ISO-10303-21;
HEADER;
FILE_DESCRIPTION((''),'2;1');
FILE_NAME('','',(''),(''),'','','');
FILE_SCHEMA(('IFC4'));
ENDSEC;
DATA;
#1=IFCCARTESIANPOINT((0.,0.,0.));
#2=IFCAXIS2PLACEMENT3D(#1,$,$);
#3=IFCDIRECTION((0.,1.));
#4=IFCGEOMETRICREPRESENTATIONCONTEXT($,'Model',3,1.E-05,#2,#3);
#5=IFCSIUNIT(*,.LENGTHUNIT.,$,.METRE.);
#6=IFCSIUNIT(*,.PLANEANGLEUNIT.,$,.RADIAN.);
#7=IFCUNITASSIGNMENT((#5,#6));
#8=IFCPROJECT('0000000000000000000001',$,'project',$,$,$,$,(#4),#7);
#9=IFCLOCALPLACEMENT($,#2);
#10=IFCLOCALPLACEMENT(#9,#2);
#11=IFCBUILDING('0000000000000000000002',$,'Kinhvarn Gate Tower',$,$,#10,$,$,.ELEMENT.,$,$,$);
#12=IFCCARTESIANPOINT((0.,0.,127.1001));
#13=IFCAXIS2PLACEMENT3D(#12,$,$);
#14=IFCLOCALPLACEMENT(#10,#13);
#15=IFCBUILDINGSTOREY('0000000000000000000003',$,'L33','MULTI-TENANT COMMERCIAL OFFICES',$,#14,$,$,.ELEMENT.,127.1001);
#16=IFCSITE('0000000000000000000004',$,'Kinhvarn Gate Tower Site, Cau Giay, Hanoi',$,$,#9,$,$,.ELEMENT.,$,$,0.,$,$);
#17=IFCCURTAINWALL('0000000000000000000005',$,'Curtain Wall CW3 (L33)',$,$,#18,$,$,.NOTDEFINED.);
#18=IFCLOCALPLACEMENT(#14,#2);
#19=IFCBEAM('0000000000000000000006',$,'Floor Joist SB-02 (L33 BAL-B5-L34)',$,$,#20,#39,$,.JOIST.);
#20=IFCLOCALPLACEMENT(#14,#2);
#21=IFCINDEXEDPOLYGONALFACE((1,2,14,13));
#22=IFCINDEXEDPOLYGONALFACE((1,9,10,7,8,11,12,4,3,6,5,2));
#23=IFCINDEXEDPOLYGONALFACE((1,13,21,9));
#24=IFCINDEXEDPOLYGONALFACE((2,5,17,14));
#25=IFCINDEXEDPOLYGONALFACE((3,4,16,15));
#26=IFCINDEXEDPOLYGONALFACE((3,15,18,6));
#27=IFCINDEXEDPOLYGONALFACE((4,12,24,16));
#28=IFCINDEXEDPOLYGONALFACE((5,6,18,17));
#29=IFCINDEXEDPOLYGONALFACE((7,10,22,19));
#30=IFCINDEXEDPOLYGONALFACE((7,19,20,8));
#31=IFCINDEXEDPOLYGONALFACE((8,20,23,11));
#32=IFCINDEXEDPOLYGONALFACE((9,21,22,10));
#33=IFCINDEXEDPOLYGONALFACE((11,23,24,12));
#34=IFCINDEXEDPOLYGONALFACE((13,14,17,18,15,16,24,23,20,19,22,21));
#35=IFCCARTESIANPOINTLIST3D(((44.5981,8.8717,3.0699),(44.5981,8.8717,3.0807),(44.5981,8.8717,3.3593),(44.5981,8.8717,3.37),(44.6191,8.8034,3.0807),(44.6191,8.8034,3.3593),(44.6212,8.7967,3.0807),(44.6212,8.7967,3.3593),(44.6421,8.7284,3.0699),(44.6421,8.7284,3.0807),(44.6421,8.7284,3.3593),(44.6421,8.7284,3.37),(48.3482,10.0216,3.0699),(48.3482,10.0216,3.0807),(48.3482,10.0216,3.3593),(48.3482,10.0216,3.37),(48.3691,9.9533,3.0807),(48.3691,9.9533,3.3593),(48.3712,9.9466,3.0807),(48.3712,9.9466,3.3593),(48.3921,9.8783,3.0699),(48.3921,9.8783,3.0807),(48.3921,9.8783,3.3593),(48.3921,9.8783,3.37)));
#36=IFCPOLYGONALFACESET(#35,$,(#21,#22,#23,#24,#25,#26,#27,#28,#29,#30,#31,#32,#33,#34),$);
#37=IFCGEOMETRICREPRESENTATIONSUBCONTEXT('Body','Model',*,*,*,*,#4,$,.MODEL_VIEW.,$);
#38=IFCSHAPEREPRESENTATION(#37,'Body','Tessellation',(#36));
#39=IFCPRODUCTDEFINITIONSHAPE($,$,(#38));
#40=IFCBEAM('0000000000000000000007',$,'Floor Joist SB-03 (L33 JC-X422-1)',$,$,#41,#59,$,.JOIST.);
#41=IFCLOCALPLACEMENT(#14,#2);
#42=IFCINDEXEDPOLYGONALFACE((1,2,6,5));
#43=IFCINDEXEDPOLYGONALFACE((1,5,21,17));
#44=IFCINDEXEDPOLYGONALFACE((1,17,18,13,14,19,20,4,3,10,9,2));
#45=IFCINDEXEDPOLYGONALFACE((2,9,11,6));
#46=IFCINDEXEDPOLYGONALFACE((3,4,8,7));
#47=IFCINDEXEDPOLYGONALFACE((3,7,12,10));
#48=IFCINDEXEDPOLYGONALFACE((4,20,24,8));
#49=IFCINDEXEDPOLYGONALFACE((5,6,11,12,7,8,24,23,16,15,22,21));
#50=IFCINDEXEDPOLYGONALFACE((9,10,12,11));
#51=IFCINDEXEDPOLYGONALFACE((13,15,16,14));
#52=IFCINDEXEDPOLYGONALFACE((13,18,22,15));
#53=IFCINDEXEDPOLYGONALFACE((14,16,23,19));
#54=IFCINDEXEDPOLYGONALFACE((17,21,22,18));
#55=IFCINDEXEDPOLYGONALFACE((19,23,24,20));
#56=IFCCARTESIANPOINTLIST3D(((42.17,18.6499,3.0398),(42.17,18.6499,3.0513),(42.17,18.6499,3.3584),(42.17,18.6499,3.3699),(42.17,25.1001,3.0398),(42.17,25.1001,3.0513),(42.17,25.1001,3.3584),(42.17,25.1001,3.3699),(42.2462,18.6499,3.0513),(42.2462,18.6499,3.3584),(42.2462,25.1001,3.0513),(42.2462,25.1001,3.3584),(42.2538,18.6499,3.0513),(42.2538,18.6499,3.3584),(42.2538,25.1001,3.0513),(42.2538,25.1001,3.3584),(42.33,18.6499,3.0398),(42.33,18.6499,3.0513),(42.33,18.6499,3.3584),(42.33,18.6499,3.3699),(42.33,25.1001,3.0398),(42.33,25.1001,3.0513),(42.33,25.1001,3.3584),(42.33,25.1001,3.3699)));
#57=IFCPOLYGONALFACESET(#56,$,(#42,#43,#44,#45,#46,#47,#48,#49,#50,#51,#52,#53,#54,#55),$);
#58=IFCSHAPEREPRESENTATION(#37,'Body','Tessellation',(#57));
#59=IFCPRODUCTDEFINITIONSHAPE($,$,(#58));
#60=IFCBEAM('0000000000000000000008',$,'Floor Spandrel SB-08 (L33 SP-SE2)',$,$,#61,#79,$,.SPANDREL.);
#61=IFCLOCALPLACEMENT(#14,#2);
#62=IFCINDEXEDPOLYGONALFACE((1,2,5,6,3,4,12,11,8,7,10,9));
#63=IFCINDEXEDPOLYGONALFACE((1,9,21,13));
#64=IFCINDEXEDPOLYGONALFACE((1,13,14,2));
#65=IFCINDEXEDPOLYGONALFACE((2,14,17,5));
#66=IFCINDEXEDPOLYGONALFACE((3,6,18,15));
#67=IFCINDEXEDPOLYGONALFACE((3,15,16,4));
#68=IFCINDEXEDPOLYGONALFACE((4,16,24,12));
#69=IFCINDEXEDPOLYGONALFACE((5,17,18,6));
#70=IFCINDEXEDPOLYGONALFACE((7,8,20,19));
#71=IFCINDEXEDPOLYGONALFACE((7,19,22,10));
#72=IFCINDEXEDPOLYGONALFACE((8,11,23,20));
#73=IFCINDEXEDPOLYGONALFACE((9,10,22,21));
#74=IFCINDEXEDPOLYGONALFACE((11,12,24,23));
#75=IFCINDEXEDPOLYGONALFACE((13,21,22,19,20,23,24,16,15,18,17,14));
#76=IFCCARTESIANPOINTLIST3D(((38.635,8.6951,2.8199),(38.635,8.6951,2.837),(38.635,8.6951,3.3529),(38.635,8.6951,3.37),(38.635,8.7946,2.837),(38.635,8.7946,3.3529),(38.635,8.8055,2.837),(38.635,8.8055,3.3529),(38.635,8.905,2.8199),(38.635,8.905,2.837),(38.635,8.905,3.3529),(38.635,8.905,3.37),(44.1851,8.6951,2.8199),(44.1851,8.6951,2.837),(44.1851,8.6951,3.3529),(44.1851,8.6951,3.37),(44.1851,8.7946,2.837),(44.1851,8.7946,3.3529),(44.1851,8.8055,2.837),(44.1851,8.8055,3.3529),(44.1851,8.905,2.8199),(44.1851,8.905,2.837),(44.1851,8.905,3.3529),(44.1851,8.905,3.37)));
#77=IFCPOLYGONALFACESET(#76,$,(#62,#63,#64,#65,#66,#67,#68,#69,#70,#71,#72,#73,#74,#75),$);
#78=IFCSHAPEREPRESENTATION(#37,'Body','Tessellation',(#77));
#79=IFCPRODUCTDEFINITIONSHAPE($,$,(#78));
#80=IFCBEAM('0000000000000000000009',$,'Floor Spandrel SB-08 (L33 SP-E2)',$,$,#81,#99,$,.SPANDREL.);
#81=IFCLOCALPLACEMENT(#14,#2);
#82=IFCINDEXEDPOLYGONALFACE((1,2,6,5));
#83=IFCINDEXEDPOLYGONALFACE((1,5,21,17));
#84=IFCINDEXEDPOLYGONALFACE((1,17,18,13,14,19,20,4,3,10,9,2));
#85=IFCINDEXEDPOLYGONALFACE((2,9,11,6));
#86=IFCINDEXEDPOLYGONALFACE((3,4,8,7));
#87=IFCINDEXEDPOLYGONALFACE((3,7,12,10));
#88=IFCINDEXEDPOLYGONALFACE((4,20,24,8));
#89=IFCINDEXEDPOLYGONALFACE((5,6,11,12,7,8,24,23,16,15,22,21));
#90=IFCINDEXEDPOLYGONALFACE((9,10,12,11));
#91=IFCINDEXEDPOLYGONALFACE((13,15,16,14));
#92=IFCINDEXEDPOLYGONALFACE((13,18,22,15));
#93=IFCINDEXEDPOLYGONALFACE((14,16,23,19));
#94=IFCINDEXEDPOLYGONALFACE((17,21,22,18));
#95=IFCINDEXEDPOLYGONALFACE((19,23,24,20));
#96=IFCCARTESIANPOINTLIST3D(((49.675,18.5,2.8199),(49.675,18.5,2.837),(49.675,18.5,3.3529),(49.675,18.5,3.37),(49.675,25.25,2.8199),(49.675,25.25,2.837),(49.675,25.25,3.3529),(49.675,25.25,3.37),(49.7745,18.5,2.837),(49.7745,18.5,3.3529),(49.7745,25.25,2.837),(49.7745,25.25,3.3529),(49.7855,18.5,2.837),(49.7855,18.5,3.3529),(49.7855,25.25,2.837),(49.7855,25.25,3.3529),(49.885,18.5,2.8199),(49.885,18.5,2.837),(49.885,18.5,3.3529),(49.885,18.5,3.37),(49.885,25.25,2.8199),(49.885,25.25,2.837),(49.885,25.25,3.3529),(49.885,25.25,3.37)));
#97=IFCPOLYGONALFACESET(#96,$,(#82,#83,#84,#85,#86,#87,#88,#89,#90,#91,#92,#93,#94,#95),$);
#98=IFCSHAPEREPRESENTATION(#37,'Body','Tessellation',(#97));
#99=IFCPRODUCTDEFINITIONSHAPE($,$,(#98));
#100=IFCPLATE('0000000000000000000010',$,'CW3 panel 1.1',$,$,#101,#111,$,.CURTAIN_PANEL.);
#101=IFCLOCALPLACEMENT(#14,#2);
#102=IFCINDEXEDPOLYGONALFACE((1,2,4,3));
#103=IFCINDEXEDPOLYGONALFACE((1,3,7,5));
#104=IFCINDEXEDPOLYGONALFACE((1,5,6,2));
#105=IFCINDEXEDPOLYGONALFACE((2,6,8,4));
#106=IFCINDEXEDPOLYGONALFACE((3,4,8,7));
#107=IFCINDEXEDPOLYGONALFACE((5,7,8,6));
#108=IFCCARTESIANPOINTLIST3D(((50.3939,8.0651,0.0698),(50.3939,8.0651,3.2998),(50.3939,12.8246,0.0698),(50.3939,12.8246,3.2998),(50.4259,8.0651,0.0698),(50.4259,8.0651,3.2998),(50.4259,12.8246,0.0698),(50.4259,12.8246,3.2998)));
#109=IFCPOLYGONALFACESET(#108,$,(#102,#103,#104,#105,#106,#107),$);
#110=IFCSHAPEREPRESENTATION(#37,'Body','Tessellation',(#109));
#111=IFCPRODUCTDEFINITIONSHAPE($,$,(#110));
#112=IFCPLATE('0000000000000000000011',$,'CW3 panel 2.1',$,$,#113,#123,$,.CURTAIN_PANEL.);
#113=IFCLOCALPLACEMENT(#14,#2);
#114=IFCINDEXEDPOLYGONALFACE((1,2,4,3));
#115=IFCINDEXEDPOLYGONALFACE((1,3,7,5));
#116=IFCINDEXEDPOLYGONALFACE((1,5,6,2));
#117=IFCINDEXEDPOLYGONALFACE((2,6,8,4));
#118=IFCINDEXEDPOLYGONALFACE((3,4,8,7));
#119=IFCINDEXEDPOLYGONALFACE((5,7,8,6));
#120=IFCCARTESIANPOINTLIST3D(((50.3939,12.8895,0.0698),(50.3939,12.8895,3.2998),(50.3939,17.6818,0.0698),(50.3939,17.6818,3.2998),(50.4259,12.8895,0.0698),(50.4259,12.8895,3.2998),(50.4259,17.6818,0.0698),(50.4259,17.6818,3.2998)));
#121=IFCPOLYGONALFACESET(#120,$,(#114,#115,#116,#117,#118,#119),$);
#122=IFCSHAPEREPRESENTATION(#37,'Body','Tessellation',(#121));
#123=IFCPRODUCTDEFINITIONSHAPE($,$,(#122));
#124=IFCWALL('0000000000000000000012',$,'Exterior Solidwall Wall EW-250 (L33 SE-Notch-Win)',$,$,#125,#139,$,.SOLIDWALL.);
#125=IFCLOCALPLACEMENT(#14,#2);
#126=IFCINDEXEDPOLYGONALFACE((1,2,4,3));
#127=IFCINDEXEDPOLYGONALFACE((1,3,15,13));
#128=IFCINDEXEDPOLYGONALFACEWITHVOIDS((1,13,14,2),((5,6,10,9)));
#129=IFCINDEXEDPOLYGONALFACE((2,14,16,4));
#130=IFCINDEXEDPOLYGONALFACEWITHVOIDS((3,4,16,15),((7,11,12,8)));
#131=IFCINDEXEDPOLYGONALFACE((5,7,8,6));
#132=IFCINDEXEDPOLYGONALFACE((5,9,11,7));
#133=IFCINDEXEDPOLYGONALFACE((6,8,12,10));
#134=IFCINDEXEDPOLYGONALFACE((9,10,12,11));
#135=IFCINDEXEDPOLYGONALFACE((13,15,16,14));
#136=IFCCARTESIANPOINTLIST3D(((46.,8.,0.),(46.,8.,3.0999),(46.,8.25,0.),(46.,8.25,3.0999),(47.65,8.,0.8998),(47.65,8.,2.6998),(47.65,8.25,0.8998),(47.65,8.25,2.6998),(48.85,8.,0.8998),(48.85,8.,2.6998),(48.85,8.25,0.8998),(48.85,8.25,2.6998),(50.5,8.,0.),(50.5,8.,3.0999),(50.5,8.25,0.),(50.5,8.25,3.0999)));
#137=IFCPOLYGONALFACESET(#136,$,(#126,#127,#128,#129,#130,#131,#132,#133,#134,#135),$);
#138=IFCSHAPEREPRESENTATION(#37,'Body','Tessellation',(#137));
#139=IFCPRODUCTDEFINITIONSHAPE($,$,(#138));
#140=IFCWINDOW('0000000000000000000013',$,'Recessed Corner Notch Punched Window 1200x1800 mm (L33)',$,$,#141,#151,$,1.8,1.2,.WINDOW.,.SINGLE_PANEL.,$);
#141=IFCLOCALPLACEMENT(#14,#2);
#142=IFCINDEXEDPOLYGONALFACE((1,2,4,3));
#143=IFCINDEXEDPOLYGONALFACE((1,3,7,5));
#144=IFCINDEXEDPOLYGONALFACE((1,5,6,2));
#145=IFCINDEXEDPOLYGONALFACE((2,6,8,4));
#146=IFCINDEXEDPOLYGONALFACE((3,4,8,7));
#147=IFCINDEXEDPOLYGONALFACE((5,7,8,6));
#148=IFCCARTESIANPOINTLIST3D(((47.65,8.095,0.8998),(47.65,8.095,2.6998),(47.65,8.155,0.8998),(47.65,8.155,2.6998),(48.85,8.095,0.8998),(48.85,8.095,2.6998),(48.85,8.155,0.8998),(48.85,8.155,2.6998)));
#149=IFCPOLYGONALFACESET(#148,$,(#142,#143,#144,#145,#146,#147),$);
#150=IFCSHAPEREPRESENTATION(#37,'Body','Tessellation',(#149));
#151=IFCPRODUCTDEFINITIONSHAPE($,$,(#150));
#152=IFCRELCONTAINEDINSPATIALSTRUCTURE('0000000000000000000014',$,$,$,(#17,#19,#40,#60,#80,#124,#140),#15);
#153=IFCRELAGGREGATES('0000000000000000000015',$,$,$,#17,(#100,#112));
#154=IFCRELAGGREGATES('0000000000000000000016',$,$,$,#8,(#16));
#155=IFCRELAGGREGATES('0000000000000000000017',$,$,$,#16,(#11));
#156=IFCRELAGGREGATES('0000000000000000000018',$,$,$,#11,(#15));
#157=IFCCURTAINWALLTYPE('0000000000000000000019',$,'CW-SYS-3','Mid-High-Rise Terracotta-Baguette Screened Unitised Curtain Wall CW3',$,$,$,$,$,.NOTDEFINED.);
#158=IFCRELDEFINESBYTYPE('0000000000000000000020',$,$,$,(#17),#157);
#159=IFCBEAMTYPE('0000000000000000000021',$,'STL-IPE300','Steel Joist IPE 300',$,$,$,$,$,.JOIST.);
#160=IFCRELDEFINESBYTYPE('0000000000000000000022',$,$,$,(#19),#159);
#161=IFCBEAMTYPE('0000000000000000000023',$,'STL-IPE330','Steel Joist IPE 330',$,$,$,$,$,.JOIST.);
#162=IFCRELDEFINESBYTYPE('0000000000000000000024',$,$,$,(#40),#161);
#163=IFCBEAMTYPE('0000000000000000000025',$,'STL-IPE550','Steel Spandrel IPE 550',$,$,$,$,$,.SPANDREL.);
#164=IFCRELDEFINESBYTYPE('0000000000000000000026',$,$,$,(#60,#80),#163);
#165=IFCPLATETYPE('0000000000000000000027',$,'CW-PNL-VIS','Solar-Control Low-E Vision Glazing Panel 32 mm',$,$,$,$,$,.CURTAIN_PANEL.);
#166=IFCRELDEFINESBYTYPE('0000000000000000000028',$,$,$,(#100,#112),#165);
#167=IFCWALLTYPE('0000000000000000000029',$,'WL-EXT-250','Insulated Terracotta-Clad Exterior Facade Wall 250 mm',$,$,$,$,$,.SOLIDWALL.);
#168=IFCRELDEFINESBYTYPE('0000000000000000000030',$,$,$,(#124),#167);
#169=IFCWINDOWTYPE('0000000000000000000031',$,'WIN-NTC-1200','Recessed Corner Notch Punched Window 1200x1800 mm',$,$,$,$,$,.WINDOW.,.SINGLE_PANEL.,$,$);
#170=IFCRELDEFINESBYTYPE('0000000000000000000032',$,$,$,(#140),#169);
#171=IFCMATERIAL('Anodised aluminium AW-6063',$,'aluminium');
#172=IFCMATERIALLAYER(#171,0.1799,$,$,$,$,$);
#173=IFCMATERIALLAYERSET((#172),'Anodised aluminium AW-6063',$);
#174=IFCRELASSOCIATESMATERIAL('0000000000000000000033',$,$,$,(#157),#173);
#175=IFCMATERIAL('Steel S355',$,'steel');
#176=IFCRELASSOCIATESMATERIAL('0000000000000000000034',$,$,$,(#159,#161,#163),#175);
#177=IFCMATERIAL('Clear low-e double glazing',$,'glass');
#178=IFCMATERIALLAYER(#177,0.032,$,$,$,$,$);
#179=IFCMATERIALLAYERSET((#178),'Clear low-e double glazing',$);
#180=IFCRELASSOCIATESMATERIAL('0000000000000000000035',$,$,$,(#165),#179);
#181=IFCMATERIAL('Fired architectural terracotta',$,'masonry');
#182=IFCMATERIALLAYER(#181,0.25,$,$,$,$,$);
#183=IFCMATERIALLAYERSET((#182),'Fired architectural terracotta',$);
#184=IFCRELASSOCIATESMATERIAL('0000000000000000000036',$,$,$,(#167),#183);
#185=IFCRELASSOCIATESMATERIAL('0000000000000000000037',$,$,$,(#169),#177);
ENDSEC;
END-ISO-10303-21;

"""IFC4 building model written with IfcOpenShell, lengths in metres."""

from ifc_helpers import new_model, si_unit, direction, frame, frame_2d, origin, origin_2d, place, context, subcontext, project, spatial, rectangle, i_section, extrude, material, layer, layer_set, material_profile, profile_set, type_object, element, fill, aggregate, save


model = new_model("IFC4")

# Units and contexts
model_context = context("Model", 3, precision=1e-05, world=origin(), true_north=direction((0.0, 1.0)))
body_context = subcontext(model_context, "Body", "Model", "MODEL_VIEW")
ifc_project = project(units=[si_unit("LENGTHUNIT", "METRE"), si_unit("PLANEANGLEUNIT", "RADIAN")], contexts=[model_context])

# Site, building, storey
site_placement = place(None, origin())
site = spatial("IfcSite", under=ifc_project, at=site_placement, Name="Kinhvarn Gate Tower Site, Cau Giay, Hanoi", CompositionType="ELEMENT", RefElevation=0.0)
building_placement = place(site_placement, origin())
building = spatial("IfcBuilding", under=site, at=building_placement, Name="Kinhvarn Gate Tower", CompositionType="ELEMENT")
storey_placement = place(building_placement, frame((0.0, 0.0, 127.1001)))
storey = spatial("IfcBuildingStorey", under=building, at=storey_placement, Name="L33", Description="MULTI-TENANT COMMERCIAL OFFICES", CompositionType="ELEMENT", Elevation=127.1001)

# Curtain wall
ifc_material_1 = material(Name="Anodised aluminium AW-6063", Category="aluminium")
ifc_layer_1 = layer(ifc_material_1, 0.1799)
ifc_layer_set_1 = layer_set([ifc_layer_1], Name="Anodised aluminium AW-6063")
curtain_wall_type = type_object("IfcCurtainWallType", Name="CW-SYS-3", Description="Mid-High-Rise Terracotta-Baguette Screened Unitised Curtain Wall CW3", PredefinedType="NOTDEFINED", material=ifc_layer_set_1)
curtain_wall_placement = place(storey_placement, origin())
curtain_wall = element("IfcCurtainWall", 1, at=curtain_wall_placement, inside=storey, type_object=curtain_wall_type, Name="Curtain Wall CW3 (L33)", PredefinedType="NOTDEFINED")

# Beams
ifc_material_2 = material(Name="Steel S355", Category="steel")
ifc_material_profile_1 = material_profile(ifc_material_2, i_section(OverallWidth=0.1499, OverallDepth=0.3, WebThickness=0.0071, FlangeThickness=0.0107, at=origin_2d()), Name="IPE 300")
ifc_profile_set_1 = profile_set([ifc_material_profile_1], Name="Steel S355")
beam_type_1 = type_object("IfcBeamType", Name="STL-IPE300", Description="Steel Joist IPE 300", PredefinedType="JOIST", material=ifc_profile_set_1)
beam_1_placement = place(storey_placement, frame((44.6201, 8.8, 3.22), z_axis=(0.956061, 0.293167, 0.0), x_axis=(-0.293167, 0.956061, 0.0)))
element("IfcBeam", 2, at=beam_1_placement, inside=storey, type_object=beam_type_1, Name="Floor Joist SB-02 (L33 BAL-B5-L34)", PredefinedType="JOIST", context=body_context, shape_type="SweptSolid", body=[
    extrude(i_section(OverallWidth=0.1499, OverallDepth=0.3, WebThickness=0.0071, FlangeThickness=0.0107, at=origin_2d()), origin(), (0.0, 0.0, 1.0), 3.9224),
])
ifc_material_profile_2 = material_profile(ifc_material_2, i_section(OverallWidth=0.1599, OverallDepth=0.3301, WebThickness=0.0076, FlangeThickness=0.0115, at=origin_2d()), Name="IPE 330")
ifc_profile_set_2 = profile_set([ifc_material_profile_2], Name="Steel S355")
beam_type_2 = type_object("IfcBeamType", Name="STL-IPE330", Description="Steel Joist IPE 330", PredefinedType="JOIST", material=ifc_profile_set_2)
beam_2_placement = place(storey_placement, frame((42.25, 18.6499, 3.2048), z_axis=(0.0, 1.0, 0.0), x_axis=(-1.0, 0.0, 0.0)))
element("IfcBeam", 3, at=beam_2_placement, inside=storey, type_object=beam_type_2, Name="Floor Joist SB-03 (L33 JC-X422-1)", PredefinedType="JOIST", context=body_context, shape_type="SweptSolid", body=[
    extrude(i_section(OverallWidth=0.1599, OverallDepth=0.3301, WebThickness=0.0076, FlangeThickness=0.0115, at=origin_2d()), origin(), (0.0, 0.0, 1.0), 6.4502),
])
ifc_material_profile_3 = material_profile(ifc_material_2, i_section(OverallWidth=0.21, OverallDepth=0.55, WebThickness=0.011, FlangeThickness=0.0171, at=origin_2d()), Name="IPE 550")
ifc_profile_set_3 = profile_set([ifc_material_profile_3], Name="Steel S355")
beam_type_3 = type_object("IfcBeamType", Name="STL-IPE550", Description="Steel Spandrel IPE 550", PredefinedType="SPANDREL", material=ifc_profile_set_3)
beam_3_placement = place(storey_placement, frame((38.635, 8.8, 3.095), z_axis=(1.0, 0.0, 0.0), x_axis=(0.0, 1.0, 0.0)))
element("IfcBeam", 4, at=beam_3_placement, inside=storey, type_object=beam_type_3, Name="Floor Spandrel SB-08 (L33 SP-SE2)", PredefinedType="SPANDREL", context=body_context, shape_type="SweptSolid", body=[
    extrude(i_section(OverallWidth=0.21, OverallDepth=0.55, WebThickness=0.011, FlangeThickness=0.0171, at=origin_2d()), origin(), (0.0, 0.0, 1.0), 5.55),
])
beam_4_placement = place(storey_placement, frame((49.78, 18.5, 3.095), z_axis=(0.0, 1.0, 0.0), x_axis=(-1.0, 0.0, 0.0)))
element("IfcBeam", 5, at=beam_4_placement, inside=storey, type_object=beam_type_3, Name="Floor Spandrel SB-08 (L33 SP-E2)", PredefinedType="SPANDREL", context=body_context, shape_type="SweptSolid", body=[
    extrude(i_section(OverallWidth=0.21, OverallDepth=0.55, WebThickness=0.011, FlangeThickness=0.0171, at=origin_2d()), origin(), (0.0, 0.0, 1.0), 6.75),
])

# Plates
ifc_material_3 = material(Name="Clear low-e double glazing", Category="glass")
ifc_layer_2 = layer(ifc_material_3, 0.032)
ifc_layer_set_2 = layer_set([ifc_layer_2], Name="Clear low-e double glazing")
plate_type = type_object("IfcPlateType", Name="CW-PNL-VIS", Description="Solar-Control Low-E Vision Glazing Panel 32 mm", PredefinedType="CURTAIN_PANEL", material=ifc_layer_set_2)
plate_1_placement = place(storey_placement, frame((50.4099, 10.4448, 0.0698), z_axis=(0.0, 0.0, 1.0), x_axis=(0.0, 1.0, 0.0)))
plate_1 = element("IfcPlate", 6, at=plate_1_placement, type_object=plate_type, Name="CW3 panel 1.1", PredefinedType="CURTAIN_PANEL", context=body_context, shape_type="SweptSolid", body=[
    extrude(rectangle(XDim=4.7595, YDim=0.032, at=origin_2d()), origin(), (0.0, 0.0, 1.0), 3.23),
])
plate_2_placement = place(storey_placement, frame((50.4099, 15.2856, 0.0698), z_axis=(0.0, 0.0, 1.0), x_axis=(0.0, 1.0, 0.0)))
plate_2 = element("IfcPlate", 7, at=plate_2_placement, type_object=plate_type, Name="CW3 panel 2.1", PredefinedType="CURTAIN_PANEL", context=body_context, shape_type="SweptSolid", body=[
    extrude(rectangle(XDim=4.7922, YDim=0.032, at=origin_2d()), origin(), (0.0, 0.0, 1.0), 3.23),
])
aggregate(curtain_wall, [plate_1, plate_2])

# Wall, opening, window
ifc_material_4 = material(Name="Fired architectural terracotta", Category="masonry")
ifc_layer_3 = layer(ifc_material_4, 0.25)
ifc_layer_set_3 = layer_set([ifc_layer_3], Name="Fired architectural terracotta")
wall_type = type_object("IfcWallType", Name="WL-EXT-250", Description="Insulated Terracotta-Clad Exterior Facade Wall 250 mm", PredefinedType="SOLIDWALL", material=ifc_layer_set_3)
wall_placement = place(storey_placement, frame((46.0, 8.125, 0.0), z_axis=(0.0, 0.0, 1.0), x_axis=(1.0, 0.0, 0.0)))
wall = element("IfcWall", 8, at=wall_placement, inside=storey, type_object=wall_type, Name="Exterior Solidwall Wall EW-250 (L33 SE-Notch-Win)", PredefinedType="SOLIDWALL", context=body_context, shape_type="SweptSolid", body=[
    extrude(rectangle(XDim=4.5, YDim=0.25, at=frame_2d((2.25, 0.0))), origin(), (0.0, 0.0, 1.0), 3.0999),
])
opening_placement = place(wall_placement, frame((1.6499, 0.0, 0.8999)))
opening = element("IfcOpeningElement", 9, at=opening_placement, cuts=wall, PredefinedType="OPENING", context=body_context, shape_type="SweptSolid", body=[
    extrude(rectangle(XDim=1.2, YDim=1.8, at=frame_2d((0.6001, 0.8999))), frame((0.0, 0.135, 0.0), z_axis=(0.0, -1.0, 0.0), x_axis=(1.0, 0.0, 0.0)), (0.0, 0.0, 1.0), 0.27),
])
window_type = type_object("IfcWindowType", Name="WIN-NTC-1200", Description="Recessed Corner Notch Punched Window 1200x1800 mm", PartitioningType="SINGLE_PANEL", PredefinedType="WINDOW", material=ifc_material_3)
window_placement = place(opening_placement, origin())
window = element("IfcWindow", 10, at=window_placement, inside=storey, type_object=window_type, Name="Recessed Corner Notch Punched Window 1200x1800 mm (L33)", OverallHeight=1.8, OverallWidth=1.2, PartitioningType="SINGLE_PANEL", PredefinedType="WINDOW", context=body_context, shape_type="SweptSolid", body=[
    extrude(rectangle(XDim=1.2, YDim=1.8, at=frame_2d((0.6001, 0.8999))), frame((0.0, 0.03, 0.0), z_axis=(0.0, -1.0, 0.0), x_axis=(1.0, 0.0, 0.0)), (0.0, 0.0, 1.0), 0.0601),
])
fill(opening, window)

save(model, "model.ifc")
